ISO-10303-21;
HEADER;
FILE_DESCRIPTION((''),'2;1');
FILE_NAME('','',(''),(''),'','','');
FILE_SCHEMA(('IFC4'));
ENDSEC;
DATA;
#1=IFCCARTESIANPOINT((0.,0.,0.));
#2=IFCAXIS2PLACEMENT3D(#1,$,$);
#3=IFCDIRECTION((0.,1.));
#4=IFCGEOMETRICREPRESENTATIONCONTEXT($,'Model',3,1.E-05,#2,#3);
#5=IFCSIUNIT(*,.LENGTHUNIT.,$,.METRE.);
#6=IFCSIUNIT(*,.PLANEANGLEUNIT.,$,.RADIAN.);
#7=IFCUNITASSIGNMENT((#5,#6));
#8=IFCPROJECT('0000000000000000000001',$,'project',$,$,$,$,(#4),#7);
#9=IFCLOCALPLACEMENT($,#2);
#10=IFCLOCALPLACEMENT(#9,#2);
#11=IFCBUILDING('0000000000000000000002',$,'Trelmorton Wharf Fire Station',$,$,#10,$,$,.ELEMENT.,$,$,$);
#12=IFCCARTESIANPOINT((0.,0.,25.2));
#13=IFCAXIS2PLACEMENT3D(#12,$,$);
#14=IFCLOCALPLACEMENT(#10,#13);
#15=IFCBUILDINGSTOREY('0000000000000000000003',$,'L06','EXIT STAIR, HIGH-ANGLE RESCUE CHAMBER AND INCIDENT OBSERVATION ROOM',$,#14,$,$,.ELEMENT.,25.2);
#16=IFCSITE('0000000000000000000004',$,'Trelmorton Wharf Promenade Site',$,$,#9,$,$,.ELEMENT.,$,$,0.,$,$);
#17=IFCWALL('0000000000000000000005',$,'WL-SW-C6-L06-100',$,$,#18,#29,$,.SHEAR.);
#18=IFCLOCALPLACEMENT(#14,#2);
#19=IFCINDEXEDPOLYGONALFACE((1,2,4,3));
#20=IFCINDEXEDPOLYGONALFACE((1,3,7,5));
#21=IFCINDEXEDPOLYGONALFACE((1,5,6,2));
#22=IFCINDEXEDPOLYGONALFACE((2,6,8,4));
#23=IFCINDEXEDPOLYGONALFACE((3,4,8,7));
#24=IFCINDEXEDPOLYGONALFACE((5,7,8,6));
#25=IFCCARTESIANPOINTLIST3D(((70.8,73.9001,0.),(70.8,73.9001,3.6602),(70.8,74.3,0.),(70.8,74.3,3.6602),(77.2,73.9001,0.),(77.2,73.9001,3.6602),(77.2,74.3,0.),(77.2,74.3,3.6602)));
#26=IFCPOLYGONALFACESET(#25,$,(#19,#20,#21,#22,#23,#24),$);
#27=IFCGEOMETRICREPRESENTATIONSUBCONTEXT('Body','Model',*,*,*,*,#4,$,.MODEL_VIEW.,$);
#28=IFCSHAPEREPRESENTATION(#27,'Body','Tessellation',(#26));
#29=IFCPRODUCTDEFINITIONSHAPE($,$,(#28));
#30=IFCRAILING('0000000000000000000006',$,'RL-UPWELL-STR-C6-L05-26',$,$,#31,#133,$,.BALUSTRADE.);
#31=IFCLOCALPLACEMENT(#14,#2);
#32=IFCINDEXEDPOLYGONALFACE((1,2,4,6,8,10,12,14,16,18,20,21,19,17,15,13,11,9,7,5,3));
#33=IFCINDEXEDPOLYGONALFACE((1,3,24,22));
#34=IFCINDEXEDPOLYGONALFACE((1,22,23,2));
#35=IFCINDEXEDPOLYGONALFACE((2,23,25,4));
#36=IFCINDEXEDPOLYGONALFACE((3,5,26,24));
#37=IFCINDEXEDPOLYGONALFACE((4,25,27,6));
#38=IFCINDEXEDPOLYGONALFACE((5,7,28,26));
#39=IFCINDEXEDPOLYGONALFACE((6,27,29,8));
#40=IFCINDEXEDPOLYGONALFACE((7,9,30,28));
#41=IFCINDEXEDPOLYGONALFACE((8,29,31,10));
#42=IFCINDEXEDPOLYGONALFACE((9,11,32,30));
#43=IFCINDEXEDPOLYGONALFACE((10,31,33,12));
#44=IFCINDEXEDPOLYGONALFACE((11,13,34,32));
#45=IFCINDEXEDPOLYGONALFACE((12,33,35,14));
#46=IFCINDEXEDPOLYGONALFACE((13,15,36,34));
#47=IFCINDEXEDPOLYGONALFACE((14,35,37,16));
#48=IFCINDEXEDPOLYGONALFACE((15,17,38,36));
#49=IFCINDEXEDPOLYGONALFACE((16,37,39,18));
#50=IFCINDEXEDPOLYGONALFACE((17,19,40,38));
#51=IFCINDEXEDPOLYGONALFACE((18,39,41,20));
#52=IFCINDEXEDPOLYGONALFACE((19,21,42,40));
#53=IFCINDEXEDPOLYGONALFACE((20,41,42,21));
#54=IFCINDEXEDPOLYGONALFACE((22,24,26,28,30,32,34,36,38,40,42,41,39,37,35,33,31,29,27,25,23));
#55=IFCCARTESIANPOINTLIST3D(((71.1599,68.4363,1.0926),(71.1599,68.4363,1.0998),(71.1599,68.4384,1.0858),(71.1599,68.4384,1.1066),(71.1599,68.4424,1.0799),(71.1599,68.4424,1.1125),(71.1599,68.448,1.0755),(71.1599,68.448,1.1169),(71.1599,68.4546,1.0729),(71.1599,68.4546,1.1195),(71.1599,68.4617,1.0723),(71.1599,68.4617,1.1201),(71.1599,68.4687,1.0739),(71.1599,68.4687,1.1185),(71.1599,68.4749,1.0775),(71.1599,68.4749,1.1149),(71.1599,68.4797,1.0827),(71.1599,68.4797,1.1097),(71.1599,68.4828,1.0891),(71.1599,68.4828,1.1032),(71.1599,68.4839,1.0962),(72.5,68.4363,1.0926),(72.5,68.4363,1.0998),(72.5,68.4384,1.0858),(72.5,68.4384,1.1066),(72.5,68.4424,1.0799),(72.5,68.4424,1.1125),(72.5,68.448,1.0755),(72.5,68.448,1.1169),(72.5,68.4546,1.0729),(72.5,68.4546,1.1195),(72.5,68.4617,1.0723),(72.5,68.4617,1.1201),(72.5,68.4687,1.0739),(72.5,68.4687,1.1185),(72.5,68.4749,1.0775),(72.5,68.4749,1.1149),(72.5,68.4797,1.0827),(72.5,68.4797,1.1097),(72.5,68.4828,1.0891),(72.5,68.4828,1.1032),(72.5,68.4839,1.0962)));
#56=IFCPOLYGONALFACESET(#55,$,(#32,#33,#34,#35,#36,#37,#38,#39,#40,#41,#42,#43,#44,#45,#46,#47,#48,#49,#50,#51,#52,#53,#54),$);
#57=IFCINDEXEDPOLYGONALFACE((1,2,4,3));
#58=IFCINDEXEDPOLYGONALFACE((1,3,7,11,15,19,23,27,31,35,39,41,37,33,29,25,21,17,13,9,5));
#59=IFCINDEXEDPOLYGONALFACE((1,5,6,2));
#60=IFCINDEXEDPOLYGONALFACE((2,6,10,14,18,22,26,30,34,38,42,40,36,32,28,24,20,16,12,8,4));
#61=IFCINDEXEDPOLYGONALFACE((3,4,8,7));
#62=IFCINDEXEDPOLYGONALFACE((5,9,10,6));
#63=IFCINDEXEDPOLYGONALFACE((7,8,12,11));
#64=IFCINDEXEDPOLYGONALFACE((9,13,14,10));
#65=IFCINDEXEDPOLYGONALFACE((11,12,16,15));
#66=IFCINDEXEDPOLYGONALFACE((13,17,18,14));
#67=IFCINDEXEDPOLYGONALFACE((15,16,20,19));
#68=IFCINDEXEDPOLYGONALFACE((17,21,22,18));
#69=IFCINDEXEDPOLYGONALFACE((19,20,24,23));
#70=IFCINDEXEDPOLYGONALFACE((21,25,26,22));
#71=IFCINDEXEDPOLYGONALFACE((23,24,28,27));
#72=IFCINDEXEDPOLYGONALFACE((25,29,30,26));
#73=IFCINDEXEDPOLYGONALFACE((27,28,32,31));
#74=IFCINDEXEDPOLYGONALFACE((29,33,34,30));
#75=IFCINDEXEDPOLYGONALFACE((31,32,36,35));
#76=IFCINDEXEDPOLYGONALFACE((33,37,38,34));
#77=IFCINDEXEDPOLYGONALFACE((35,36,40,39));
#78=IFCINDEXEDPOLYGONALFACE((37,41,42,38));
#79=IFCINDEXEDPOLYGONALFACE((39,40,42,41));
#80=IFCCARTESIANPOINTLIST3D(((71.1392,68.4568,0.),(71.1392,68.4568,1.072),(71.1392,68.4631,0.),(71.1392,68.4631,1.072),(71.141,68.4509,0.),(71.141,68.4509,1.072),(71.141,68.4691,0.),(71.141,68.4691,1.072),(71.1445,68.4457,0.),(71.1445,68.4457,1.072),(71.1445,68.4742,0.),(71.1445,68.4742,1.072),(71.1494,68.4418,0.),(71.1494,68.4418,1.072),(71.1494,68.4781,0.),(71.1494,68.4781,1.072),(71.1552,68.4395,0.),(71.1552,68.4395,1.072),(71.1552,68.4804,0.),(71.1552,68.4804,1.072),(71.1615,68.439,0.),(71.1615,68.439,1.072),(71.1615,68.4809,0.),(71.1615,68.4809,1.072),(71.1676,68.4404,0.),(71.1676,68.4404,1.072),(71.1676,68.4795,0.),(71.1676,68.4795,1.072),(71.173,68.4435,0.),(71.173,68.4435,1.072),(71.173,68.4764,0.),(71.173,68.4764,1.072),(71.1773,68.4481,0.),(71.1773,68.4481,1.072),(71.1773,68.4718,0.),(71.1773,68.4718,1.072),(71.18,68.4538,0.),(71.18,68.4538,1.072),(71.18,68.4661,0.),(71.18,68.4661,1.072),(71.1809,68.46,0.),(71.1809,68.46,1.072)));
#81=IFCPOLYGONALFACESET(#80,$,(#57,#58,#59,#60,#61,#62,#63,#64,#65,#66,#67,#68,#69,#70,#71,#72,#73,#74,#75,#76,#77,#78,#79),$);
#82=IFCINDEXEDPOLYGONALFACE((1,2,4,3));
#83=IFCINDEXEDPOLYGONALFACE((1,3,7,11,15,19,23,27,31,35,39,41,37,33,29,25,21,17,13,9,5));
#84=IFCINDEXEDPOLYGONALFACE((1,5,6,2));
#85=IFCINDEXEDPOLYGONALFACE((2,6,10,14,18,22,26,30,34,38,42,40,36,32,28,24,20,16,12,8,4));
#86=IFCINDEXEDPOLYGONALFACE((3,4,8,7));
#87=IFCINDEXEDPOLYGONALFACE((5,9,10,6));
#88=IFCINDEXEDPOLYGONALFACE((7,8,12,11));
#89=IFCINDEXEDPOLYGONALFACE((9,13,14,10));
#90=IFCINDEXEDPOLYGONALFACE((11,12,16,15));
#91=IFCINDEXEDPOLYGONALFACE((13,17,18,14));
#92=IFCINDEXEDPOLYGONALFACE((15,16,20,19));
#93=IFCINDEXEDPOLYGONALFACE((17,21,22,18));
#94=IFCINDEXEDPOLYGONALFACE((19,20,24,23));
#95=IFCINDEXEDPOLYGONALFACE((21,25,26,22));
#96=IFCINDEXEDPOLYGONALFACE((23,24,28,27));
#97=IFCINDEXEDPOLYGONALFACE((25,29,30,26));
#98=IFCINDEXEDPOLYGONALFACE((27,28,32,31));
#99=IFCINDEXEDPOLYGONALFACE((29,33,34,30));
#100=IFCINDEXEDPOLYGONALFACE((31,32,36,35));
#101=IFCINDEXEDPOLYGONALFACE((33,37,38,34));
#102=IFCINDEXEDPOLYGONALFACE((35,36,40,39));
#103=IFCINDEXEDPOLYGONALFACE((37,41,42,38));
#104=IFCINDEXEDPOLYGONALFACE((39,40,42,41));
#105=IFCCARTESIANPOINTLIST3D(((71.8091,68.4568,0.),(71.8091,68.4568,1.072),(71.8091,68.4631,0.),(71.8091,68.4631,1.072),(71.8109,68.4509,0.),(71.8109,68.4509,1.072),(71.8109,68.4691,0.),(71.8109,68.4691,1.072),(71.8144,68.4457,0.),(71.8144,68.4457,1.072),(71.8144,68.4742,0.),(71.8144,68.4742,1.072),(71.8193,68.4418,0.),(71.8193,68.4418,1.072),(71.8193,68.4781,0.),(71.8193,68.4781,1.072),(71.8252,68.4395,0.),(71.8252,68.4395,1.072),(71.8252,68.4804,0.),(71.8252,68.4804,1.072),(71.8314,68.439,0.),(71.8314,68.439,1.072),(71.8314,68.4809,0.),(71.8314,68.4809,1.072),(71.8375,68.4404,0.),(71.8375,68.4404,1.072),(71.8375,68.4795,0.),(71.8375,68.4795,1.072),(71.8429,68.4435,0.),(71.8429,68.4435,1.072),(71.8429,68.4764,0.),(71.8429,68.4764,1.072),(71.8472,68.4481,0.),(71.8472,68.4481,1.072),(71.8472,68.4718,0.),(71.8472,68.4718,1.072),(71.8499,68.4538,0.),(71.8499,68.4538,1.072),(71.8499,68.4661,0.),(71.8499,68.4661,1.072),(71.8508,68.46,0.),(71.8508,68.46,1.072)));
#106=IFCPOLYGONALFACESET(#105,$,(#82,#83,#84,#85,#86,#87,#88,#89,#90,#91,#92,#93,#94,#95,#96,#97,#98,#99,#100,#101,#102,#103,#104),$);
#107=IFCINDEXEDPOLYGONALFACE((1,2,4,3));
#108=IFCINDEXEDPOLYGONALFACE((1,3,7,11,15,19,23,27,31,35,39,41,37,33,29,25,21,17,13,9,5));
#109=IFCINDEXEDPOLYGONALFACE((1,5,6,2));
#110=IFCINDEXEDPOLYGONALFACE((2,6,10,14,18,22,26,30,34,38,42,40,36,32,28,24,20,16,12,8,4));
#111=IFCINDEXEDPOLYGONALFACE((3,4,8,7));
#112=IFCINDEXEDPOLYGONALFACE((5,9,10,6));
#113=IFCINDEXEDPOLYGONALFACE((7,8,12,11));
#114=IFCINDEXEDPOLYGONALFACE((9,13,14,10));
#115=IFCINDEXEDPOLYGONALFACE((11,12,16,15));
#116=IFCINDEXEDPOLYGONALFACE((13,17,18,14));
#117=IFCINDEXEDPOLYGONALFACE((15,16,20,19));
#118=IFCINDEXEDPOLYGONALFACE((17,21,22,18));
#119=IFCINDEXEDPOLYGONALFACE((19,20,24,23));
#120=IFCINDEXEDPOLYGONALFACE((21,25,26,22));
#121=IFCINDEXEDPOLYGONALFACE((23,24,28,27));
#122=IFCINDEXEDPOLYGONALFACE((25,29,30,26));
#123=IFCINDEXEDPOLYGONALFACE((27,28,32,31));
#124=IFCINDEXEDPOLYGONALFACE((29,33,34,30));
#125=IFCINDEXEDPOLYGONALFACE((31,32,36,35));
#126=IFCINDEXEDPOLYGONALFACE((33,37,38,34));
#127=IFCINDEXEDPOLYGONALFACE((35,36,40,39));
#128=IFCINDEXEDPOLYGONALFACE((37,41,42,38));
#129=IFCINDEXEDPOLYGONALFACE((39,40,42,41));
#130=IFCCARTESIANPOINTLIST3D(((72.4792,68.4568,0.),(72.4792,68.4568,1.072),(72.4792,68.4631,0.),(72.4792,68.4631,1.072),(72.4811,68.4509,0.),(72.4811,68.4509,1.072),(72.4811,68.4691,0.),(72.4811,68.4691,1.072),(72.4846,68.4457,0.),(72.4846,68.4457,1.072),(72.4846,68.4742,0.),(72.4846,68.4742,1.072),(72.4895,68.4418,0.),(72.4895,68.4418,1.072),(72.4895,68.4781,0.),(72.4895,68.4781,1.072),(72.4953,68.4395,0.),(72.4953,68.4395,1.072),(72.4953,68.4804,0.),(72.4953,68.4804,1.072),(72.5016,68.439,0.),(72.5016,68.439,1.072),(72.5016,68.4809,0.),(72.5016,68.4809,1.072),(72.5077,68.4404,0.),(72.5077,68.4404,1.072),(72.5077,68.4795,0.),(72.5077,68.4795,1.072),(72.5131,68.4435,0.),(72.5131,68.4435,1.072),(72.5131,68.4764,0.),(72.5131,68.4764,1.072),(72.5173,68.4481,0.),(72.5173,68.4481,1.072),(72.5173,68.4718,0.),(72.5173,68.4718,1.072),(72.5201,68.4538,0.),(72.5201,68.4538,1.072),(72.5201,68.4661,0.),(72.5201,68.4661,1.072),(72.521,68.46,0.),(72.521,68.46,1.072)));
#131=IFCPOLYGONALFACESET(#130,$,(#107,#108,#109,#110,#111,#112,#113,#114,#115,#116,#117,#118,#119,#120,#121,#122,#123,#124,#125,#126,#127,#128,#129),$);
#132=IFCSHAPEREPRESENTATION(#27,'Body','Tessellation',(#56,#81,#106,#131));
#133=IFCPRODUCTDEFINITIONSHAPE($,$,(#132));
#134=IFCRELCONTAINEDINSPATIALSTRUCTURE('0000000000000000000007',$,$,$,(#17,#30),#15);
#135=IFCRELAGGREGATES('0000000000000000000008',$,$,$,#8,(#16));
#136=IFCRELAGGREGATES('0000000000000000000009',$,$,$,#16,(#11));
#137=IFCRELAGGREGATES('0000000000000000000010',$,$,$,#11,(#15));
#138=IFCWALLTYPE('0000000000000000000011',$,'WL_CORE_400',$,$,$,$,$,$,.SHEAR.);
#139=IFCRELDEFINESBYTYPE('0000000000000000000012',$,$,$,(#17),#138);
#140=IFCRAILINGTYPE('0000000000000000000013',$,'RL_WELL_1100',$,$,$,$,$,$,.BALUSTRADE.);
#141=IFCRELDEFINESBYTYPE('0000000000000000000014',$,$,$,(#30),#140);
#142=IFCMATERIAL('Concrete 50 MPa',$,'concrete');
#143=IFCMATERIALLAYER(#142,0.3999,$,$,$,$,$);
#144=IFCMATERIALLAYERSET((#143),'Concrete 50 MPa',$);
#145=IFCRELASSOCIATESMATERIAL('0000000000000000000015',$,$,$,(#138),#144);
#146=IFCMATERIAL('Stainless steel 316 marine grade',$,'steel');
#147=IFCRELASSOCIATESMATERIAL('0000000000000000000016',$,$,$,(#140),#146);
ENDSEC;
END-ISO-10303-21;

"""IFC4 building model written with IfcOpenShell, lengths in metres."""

from ifc_helpers import new_model, si_unit, direction, frame, frame_2d, origin, origin_2d, place, context, subcontext, project, spatial, rectangle, circle, extrude, material, layer, layer_set, type_object, element, save


model = new_model("IFC4")

# Units and contexts
model_context = context("Model", 3, precision=1e-05, world=origin(), true_north=direction((0.0, 1.0)))
body_context = subcontext(model_context, "Body", "Model", "MODEL_VIEW")
ifc_project = project(units=[si_unit("LENGTHUNIT", "METRE"), si_unit("PLANEANGLEUNIT", "RADIAN")], contexts=[model_context])

# Site, building, storey
site_placement = place(None, origin())
site = spatial("IfcSite", under=ifc_project, at=site_placement, Name="Trelmorton Wharf Promenade Site", CompositionType="ELEMENT", RefElevation=0.0)
building_placement = place(site_placement, origin())
building = spatial("IfcBuilding", under=site, at=building_placement, Name="Trelmorton Wharf Fire Station", CompositionType="ELEMENT")
storey_placement = place(building_placement, frame((0.0, 0.0, 25.2)))
storey = spatial("IfcBuildingStorey", under=building, at=storey_placement, Name="L06", Description="EXIT STAIR, HIGH-ANGLE RESCUE CHAMBER AND INCIDENT OBSERVATION ROOM", CompositionType="ELEMENT", Elevation=25.2)

# Wall
ifc_material_1 = material(Name="Concrete 50 MPa", Category="concrete")
ifc_layer_1 = layer(ifc_material_1, 0.3999)
ifc_layer_set_1 = layer_set([ifc_layer_1], Name="Concrete 50 MPa")
wall_type_1 = type_object("IfcWallType", Name="WL_CORE_400", PredefinedType="SHEAR", material=ifc_layer_set_1)
wall_1_placement = place(storey_placement, frame((70.8, 74.1001, 0.0), z_axis=(0.0, 0.0, 1.0), x_axis=(1.0, 0.0, 0.0)))
element("IfcWall", 1, at=wall_1_placement, inside=storey, type_object=wall_type_1, Name="WL-SW-C6-L06-100", PredefinedType="SHEAR", context=body_context, shape_type="SweptSolid", body=[
    extrude(rectangle(XDim=6.3999, YDim=0.3999, at=frame_2d((3.2, 0.0))), origin(), (0.0, 0.0, 1.0), 3.6602),
])

# Railing
ifc_material_2 = material(Name="Stainless steel 316 marine grade", Category="steel")
railing_type = type_object("IfcRailingType", Name="RL_WELL_1100", PredefinedType="BALUSTRADE", material=ifc_material_2)
railing_placement = place(storey_placement, frame((71.1599, 68.46, 0.0)))
element("IfcRailing", 2, at=railing_placement, inside=storey, type_object=railing_type, Name="RL-UPWELL-STR-C6-L05-26", PredefinedType="BALUSTRADE", context=body_context, shape_type="SweptSolid", body=[
    extrude(circle(Radius=0.0239, at=origin_2d()), frame((0.0, 0.0, 1.0962), z_axis=(1.0, 0.0, 0.0), x_axis=(0.0, 1.0, 0.0)), (0.0, 0.0, 1.0), 1.3401),
    extrude(circle(Radius=0.021, at=origin_2d()), origin(), (0.0, 0.0, 1.0), 1.072),
    extrude(circle(Radius=0.021, at=origin_2d()), frame((0.6699, 0.0, 0.0)), (0.0, 0.0, 1.0), 1.072),
    extrude(circle(Radius=0.021, at=origin_2d()), frame((1.3401, 0.0, 0.0)), (0.0, 0.0, 1.0), 1.072),
])

save(model, "model.ifc")
